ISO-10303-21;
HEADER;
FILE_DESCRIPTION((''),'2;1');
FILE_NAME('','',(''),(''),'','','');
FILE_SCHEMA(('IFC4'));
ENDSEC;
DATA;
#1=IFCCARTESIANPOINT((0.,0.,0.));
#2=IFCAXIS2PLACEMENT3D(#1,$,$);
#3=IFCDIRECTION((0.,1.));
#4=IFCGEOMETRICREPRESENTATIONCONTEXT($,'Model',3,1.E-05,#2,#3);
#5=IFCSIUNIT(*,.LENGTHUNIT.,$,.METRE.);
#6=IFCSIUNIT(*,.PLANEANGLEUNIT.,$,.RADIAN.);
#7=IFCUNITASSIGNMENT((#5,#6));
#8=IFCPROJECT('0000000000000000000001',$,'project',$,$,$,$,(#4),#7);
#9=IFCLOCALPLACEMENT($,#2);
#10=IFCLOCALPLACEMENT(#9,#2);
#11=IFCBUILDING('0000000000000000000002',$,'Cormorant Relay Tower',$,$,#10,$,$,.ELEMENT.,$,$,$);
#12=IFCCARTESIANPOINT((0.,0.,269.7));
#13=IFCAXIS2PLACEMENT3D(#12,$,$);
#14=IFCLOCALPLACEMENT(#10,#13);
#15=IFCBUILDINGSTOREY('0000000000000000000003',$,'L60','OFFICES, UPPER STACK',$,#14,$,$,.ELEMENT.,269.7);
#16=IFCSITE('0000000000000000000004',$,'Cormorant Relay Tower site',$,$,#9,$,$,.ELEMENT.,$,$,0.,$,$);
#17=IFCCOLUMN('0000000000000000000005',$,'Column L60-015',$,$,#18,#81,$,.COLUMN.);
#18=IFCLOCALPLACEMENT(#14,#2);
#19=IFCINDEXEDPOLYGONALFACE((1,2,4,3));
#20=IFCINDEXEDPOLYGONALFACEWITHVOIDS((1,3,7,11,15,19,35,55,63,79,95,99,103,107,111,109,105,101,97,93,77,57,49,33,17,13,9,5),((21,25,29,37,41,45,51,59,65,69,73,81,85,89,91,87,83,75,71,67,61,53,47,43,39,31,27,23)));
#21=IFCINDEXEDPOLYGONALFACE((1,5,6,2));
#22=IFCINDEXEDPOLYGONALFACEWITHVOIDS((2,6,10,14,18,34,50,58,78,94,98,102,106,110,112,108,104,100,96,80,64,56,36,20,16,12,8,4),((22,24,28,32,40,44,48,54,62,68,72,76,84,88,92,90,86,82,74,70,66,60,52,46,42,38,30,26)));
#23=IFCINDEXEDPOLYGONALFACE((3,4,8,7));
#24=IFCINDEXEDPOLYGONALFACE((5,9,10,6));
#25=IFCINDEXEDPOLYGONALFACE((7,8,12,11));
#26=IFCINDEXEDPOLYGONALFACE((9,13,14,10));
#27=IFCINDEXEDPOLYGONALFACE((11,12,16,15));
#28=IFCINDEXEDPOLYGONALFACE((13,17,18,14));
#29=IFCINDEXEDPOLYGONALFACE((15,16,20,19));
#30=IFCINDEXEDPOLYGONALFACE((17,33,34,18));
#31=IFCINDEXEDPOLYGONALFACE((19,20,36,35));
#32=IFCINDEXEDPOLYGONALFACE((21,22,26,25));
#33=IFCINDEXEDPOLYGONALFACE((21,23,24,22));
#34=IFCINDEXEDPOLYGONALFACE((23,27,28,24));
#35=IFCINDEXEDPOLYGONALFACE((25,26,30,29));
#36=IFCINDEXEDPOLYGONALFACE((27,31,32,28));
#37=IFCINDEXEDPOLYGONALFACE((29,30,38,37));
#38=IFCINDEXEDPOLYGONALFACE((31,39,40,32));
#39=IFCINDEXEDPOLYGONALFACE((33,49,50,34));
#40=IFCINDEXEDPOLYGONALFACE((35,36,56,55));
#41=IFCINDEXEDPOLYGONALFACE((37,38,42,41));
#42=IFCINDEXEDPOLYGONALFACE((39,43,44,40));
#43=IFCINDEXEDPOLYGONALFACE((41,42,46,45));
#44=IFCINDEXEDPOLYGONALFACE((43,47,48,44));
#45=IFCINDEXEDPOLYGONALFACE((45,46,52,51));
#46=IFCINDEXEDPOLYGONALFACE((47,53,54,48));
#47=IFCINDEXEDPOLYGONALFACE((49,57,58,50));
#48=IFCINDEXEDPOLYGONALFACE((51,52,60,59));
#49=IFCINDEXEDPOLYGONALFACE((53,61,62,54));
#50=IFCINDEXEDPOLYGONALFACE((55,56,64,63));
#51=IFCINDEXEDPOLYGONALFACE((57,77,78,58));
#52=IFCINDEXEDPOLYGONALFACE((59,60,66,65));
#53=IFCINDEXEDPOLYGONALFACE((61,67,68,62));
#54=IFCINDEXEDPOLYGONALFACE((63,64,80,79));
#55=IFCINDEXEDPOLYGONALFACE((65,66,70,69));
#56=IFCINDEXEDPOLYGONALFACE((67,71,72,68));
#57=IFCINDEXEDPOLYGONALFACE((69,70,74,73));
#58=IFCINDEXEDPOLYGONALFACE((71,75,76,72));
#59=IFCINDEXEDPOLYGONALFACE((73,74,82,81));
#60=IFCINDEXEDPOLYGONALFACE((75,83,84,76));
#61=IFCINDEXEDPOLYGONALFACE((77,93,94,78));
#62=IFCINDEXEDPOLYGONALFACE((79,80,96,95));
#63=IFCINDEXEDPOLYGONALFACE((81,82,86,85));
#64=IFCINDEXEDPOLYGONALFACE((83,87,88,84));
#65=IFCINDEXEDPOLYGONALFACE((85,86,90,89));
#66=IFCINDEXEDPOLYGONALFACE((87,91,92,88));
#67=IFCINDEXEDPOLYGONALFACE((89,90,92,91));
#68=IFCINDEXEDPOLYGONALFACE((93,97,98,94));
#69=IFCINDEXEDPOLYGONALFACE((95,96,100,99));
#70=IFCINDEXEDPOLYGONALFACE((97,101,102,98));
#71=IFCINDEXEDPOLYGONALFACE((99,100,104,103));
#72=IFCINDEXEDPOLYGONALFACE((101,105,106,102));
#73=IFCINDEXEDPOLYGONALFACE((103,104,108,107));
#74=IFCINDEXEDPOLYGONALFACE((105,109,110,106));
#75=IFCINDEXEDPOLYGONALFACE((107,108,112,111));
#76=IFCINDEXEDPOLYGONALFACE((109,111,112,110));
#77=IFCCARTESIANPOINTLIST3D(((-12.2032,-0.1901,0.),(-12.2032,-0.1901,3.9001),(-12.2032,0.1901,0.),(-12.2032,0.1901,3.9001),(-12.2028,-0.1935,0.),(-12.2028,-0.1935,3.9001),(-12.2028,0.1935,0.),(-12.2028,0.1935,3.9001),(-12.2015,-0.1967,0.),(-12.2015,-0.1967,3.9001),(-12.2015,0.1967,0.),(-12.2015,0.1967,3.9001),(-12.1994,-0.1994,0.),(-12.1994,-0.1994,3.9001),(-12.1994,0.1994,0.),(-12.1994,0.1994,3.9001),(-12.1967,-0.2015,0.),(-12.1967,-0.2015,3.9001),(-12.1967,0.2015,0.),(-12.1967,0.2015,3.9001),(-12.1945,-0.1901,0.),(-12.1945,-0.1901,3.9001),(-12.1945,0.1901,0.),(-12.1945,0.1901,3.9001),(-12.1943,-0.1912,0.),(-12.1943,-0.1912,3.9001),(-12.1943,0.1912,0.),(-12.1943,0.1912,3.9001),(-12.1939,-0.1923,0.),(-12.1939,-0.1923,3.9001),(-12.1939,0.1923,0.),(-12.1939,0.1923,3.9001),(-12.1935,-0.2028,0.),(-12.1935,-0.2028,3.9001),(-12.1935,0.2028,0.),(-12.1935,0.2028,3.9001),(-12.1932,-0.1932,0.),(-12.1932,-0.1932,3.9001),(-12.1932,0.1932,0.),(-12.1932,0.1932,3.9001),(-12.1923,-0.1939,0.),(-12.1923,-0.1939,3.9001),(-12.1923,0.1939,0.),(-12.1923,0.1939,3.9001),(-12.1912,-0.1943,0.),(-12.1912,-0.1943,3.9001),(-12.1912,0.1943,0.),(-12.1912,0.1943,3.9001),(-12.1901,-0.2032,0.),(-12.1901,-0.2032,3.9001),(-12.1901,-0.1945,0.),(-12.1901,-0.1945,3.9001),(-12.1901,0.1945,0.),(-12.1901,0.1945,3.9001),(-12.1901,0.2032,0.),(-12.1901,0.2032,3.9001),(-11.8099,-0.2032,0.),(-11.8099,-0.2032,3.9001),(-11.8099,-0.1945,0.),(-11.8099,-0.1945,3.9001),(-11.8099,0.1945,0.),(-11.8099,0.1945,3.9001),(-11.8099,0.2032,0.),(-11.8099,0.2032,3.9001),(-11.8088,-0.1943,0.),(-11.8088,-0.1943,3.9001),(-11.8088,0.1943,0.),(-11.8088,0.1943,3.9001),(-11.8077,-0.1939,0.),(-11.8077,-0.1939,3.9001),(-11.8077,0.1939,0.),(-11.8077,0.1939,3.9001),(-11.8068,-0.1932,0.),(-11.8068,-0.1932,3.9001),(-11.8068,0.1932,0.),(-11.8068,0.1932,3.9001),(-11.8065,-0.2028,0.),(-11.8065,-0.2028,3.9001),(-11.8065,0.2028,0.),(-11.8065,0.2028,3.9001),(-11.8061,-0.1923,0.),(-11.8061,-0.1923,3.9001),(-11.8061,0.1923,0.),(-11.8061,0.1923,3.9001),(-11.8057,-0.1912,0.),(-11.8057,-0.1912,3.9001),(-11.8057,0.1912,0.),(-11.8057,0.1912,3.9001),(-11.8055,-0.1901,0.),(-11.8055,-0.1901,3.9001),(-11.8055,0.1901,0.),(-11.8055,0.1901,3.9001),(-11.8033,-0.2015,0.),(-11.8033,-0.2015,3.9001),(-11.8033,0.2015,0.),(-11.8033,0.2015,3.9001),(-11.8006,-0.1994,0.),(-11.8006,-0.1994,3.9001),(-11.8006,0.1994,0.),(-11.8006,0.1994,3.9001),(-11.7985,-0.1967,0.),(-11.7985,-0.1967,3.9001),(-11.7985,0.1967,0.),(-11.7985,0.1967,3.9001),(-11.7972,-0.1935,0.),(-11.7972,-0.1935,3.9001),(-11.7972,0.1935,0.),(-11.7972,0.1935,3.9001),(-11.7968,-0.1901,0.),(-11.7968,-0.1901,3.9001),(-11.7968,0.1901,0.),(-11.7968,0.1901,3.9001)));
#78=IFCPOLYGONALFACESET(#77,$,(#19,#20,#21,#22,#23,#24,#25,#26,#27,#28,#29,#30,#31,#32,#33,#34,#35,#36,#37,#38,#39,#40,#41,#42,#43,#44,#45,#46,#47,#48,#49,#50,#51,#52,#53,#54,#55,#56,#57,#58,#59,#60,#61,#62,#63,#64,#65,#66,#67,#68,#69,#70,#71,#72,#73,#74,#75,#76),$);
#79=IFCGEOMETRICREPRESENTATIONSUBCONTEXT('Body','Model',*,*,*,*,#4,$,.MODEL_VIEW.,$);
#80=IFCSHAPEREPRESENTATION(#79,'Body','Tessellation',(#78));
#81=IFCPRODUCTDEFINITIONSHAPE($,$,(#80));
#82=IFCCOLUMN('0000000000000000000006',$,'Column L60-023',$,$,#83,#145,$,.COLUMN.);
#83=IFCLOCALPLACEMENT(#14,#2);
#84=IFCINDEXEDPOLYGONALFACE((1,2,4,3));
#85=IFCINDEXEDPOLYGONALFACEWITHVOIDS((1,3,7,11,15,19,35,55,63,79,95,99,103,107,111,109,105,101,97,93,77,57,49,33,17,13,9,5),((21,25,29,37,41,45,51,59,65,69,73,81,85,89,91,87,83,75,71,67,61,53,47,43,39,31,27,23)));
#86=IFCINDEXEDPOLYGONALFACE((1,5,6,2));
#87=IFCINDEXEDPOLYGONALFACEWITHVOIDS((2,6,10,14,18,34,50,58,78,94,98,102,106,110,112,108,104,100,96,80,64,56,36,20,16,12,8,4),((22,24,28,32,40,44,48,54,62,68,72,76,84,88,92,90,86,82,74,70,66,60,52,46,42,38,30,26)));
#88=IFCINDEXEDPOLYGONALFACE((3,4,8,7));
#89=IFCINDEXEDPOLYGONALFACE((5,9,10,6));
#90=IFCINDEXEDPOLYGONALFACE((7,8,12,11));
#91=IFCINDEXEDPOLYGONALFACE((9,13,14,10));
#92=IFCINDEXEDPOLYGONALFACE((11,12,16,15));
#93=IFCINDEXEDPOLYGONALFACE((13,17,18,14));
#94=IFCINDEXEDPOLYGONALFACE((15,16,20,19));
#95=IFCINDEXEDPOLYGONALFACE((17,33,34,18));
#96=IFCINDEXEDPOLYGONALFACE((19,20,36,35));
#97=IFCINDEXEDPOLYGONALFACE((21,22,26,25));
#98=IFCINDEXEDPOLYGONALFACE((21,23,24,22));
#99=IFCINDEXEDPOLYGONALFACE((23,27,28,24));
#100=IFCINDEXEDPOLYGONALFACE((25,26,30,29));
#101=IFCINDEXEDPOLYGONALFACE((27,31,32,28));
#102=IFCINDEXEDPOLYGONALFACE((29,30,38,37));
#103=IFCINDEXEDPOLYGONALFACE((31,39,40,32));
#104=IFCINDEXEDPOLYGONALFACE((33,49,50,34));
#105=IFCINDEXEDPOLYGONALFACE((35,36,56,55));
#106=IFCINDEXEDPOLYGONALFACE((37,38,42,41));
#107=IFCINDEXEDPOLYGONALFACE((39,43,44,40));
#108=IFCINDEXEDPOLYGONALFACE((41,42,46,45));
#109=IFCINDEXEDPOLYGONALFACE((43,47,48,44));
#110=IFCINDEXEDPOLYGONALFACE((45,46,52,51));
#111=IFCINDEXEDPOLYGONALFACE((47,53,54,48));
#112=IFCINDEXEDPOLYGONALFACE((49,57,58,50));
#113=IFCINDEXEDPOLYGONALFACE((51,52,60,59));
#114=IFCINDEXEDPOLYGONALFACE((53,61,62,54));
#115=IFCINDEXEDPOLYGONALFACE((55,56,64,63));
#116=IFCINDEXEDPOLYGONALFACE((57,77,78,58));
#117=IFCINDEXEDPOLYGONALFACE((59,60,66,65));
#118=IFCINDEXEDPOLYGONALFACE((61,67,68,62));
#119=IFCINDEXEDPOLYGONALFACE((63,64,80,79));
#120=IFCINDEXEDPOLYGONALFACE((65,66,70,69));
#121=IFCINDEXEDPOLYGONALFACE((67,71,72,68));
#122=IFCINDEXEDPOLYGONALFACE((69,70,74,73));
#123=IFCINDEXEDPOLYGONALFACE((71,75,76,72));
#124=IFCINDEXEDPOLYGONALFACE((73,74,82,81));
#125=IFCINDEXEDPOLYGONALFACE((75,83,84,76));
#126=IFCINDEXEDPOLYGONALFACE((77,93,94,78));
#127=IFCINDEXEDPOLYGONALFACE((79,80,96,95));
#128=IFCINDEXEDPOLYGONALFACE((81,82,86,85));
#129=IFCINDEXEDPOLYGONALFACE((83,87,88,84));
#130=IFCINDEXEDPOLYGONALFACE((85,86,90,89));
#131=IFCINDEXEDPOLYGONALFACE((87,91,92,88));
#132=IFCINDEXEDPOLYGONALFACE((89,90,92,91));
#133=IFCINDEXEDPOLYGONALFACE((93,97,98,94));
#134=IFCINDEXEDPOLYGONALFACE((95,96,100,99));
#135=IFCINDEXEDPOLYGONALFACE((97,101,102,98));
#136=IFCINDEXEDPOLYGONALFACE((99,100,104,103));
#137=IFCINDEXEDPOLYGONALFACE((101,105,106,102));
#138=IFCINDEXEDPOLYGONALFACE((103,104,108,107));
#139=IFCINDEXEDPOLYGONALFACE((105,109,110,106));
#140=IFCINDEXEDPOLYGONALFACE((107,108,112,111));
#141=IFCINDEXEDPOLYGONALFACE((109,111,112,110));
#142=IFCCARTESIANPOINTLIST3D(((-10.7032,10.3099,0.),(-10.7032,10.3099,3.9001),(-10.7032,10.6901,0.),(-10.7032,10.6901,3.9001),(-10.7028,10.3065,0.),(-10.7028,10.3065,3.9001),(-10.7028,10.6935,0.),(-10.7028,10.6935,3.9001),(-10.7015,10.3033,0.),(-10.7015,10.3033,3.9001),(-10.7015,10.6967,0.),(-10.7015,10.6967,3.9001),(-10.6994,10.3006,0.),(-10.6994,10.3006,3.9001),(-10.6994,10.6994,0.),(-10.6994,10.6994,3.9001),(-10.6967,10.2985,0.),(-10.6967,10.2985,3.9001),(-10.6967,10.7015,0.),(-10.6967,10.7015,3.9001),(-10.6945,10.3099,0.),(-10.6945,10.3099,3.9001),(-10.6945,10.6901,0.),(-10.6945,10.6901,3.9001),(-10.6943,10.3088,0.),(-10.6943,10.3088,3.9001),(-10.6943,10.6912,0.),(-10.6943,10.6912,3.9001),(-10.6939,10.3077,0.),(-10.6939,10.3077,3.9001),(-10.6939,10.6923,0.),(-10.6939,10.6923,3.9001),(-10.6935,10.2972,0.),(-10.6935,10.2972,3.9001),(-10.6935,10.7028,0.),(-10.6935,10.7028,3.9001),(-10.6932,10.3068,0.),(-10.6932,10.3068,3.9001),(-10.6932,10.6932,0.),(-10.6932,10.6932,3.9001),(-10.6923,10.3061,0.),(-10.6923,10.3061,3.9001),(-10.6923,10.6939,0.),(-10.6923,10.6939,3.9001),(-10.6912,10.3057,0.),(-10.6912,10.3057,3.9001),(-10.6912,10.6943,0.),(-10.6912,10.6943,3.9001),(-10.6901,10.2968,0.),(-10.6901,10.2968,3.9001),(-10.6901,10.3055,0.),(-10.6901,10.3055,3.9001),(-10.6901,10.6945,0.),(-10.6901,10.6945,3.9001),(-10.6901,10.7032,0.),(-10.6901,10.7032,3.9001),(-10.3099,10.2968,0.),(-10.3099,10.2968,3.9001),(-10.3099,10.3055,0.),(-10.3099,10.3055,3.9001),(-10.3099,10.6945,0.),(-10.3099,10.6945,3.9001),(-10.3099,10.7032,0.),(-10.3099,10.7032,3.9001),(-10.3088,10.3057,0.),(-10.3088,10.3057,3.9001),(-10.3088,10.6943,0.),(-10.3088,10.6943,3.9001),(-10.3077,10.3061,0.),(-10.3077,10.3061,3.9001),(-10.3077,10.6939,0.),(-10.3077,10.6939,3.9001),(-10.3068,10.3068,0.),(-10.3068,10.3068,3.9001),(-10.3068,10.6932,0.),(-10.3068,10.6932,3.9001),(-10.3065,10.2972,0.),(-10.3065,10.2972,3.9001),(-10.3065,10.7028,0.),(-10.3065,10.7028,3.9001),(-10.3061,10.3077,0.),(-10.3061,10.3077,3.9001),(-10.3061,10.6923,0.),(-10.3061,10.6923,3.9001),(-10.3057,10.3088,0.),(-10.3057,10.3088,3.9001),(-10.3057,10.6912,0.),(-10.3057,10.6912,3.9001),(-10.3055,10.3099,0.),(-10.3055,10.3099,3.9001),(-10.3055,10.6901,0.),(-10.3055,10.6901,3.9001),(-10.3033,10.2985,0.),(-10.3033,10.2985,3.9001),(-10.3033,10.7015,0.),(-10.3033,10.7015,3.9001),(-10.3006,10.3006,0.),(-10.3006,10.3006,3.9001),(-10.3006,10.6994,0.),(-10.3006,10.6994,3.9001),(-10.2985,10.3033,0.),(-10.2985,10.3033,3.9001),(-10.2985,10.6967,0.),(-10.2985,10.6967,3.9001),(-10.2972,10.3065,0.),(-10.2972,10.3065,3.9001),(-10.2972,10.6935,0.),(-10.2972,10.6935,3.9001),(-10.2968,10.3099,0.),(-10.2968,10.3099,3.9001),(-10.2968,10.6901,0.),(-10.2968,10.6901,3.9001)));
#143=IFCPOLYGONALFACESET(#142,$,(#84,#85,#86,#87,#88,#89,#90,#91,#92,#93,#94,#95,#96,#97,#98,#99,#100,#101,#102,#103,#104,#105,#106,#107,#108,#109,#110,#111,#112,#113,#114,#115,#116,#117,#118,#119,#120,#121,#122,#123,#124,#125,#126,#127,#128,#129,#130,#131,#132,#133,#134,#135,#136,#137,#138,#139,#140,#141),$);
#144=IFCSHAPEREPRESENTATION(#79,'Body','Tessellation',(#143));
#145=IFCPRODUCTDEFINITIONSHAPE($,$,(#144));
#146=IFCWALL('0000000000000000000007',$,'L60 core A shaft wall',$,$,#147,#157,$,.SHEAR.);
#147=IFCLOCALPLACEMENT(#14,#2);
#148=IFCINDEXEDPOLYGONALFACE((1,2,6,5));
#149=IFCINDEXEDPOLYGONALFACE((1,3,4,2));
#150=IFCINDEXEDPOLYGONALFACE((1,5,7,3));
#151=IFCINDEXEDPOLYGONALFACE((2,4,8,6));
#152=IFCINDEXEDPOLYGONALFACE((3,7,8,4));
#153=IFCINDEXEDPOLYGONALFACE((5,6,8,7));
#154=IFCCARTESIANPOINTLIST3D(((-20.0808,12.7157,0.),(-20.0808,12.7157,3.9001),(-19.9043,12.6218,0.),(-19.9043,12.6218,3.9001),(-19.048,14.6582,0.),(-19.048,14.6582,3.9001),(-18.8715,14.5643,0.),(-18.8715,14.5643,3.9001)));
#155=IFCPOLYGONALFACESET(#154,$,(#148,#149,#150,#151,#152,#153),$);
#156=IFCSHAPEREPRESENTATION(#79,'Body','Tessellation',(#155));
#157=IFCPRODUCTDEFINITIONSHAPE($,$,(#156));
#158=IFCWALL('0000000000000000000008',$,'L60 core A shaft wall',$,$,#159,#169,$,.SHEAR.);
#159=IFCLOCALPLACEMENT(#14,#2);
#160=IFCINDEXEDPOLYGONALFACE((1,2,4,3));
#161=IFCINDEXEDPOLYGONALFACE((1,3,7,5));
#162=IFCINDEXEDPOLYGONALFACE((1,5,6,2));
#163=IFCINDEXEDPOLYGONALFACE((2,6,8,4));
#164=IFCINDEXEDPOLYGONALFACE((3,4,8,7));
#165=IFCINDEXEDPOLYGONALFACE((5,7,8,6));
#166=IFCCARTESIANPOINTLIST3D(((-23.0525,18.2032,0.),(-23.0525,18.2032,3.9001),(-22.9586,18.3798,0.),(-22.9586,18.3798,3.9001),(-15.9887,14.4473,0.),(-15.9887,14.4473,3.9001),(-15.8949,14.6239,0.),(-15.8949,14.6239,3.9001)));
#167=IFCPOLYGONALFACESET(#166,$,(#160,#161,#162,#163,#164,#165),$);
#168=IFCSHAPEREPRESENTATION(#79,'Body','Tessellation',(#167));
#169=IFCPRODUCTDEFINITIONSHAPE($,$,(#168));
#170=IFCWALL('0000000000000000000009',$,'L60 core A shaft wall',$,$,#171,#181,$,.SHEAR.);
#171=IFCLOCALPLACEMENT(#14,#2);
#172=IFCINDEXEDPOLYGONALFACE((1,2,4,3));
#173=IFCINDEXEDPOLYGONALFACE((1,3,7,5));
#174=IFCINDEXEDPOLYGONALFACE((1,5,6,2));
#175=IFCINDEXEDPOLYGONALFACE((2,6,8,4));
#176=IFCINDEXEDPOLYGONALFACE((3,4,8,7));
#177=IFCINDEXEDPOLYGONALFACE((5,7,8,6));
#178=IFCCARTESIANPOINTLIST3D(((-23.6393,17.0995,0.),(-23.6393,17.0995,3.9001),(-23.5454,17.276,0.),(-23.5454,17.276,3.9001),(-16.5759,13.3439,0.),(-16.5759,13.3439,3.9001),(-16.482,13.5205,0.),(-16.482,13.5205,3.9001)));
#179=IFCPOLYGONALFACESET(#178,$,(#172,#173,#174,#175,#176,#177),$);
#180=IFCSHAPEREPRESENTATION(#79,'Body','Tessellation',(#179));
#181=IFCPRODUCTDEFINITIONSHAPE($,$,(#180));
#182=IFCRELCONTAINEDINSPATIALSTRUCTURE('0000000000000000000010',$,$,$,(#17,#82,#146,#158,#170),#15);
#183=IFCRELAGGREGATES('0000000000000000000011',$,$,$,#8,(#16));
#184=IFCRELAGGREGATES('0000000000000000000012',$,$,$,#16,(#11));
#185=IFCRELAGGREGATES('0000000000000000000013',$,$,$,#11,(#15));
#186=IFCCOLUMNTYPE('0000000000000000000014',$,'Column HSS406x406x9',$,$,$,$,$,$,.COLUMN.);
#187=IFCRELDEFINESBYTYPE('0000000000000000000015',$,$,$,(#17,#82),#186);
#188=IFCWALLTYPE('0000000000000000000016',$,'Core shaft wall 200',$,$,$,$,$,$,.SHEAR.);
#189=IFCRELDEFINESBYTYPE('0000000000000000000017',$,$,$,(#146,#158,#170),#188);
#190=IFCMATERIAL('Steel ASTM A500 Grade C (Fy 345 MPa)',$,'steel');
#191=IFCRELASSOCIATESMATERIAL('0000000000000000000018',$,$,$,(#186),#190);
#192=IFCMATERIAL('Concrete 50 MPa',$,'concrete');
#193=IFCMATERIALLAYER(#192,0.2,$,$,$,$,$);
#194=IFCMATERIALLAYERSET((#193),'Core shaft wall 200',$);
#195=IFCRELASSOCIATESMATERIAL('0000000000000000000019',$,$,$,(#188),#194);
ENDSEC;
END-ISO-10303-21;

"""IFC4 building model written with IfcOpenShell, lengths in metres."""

from ifc_helpers import new_model, si_unit, direction, frame, frame_2d, origin, origin_2d, place, context, subcontext, project, spatial, rectangle, hollow_rectangle, extrude, material, layer, layer_set, material_profile, profile_set, type_object, element, save


model = new_model("IFC4")

# Units and contexts
model_context = context("Model", 3, precision=1e-05, world=origin(), true_north=direction((0.0, 1.0)))
body_context = subcontext(model_context, "Body", "Model", "MODEL_VIEW")
ifc_project = project(units=[si_unit("LENGTHUNIT", "METRE"), si_unit("PLANEANGLEUNIT", "RADIAN")], contexts=[model_context])

# Site, building, storey
site_placement = place(None, origin())
site = spatial("IfcSite", under=ifc_project, at=site_placement, Name="Cormorant Relay Tower site", CompositionType="ELEMENT", RefElevation=0.0)
building_placement = place(site_placement, origin())
building = spatial("IfcBuilding", under=site, at=building_placement, Name="Cormorant Relay Tower", CompositionType="ELEMENT")
storey_placement = place(building_placement, frame((0.0, 0.0, 269.7)))
storey = spatial("IfcBuildingStorey", under=building, at=storey_placement, Name="L60", Description="OFFICES, UPPER STACK", CompositionType="ELEMENT", Elevation=269.7)

# Columns
ifc_material_1 = material(Name="Steel ASTM A500 Grade C (Fy 345 MPa)", Category="steel")
ifc_material_profile = material_profile(ifc_material_1, hollow_rectangle(XDim=0.4065, YDim=0.4065, WallThickness=0.0088, InnerFilletRadius=0.0044, OuterFilletRadius=0.0132, at=origin_2d()), Name="HSS406x406x9")
ifc_profile_set = profile_set([ifc_material_profile], Name="Steel ASTM A500 Grade C (Fy 345 MPa)")
column_type = type_object("IfcColumnType", Name="Column HSS406x406x9", PredefinedType="COLUMN", material=ifc_profile_set)
for number, where, z_axis, x_axis, name in (
    (1, (-12.0, 0.0, 0.0), (0.0, 0.0, 1.0), (1.0, 0.0, 0.0), "Column L60-015"),
    (2, (-10.5, 10.5, 0.0), (0.0, 0.0, 1.0), (1.0, 0.0, 0.0), "Column L60-023"),
):
    element("IfcColumn", number, at=place(storey_placement, frame(where, z_axis=z_axis, x_axis=x_axis)), inside=storey, type_object=column_type, Name=name, PredefinedType="COLUMN", context=body_context, shape_type="SweptSolid", body=[
        extrude(hollow_rectangle(XDim=0.4065, YDim=0.4065, WallThickness=0.0088, InnerFilletRadius=0.0044, OuterFilletRadius=0.0132, at=origin_2d()), origin(), (0.0, 0.0, 1.0), 3.9001),
    ])

# Walls
ifc_material_2 = material(Name="Concrete 50 MPa", Category="concrete")
ifc_layer_1 = layer(ifc_material_2, 0.2)
ifc_layer_set_1 = layer_set([ifc_layer_1], Name="Core shaft wall 200")
wall_type_1 = type_object("IfcWallType", Name="Core shaft wall 200", PredefinedType="SHEAR", material=ifc_layer_set_1)
wall_1_placement = place(storey_placement, frame((-18.9597, 14.6113, 0.0), z_axis=(0.0, 0.0, 1.0), x_axis=(-0.469447, -0.88296, 0.0)))
element("IfcWall", 3, at=wall_1_placement, inside=storey, type_object=wall_type_1, Name="L60 core A shaft wall", PredefinedType="SHEAR", context=body_context, shape_type="SweptSolid", body=[
    extrude(rectangle(XDim=2.2, YDim=0.2, at=frame_2d((1.1001, 0.0))), origin(), (0.0, 0.0, 1.0), 3.9001),
])
wall_2_placement = place(storey_placement, frame((-15.9419, 14.5356, 0.0), z_axis=(0.0, 0.0, 1.0), x_axis=(-0.882947, 0.469473, 0.0)))
element("IfcWall", 4, at=wall_2_placement, inside=storey, type_object=wall_type_1, Name="L60 core A shaft wall", PredefinedType="SHEAR", context=body_context, shape_type="SweptSolid", body=[
    extrude(rectangle(XDim=8.0002, YDim=0.2, at=frame_2d((4.0, 0.0))), origin(), (0.0, 0.0, 1.0), 3.9001),
])
wall_3_placement = place(storey_placement, frame((-16.5288, 13.4321, 0.0), z_axis=(0.0, 0.0, 1.0), x_axis=(-0.882953, 0.469462, 0.0)))
element("IfcWall", 5, at=wall_3_placement, inside=storey, type_object=wall_type_1, Name="L60 core A shaft wall", PredefinedType="SHEAR", context=body_context, shape_type="SweptSolid", body=[
    extrude(rectangle(XDim=7.9998, YDim=0.2, at=frame_2d((4.0, 0.0))), origin(), (0.0, 0.0, 1.0), 3.9001),
])

save(model, "model.ifc")
